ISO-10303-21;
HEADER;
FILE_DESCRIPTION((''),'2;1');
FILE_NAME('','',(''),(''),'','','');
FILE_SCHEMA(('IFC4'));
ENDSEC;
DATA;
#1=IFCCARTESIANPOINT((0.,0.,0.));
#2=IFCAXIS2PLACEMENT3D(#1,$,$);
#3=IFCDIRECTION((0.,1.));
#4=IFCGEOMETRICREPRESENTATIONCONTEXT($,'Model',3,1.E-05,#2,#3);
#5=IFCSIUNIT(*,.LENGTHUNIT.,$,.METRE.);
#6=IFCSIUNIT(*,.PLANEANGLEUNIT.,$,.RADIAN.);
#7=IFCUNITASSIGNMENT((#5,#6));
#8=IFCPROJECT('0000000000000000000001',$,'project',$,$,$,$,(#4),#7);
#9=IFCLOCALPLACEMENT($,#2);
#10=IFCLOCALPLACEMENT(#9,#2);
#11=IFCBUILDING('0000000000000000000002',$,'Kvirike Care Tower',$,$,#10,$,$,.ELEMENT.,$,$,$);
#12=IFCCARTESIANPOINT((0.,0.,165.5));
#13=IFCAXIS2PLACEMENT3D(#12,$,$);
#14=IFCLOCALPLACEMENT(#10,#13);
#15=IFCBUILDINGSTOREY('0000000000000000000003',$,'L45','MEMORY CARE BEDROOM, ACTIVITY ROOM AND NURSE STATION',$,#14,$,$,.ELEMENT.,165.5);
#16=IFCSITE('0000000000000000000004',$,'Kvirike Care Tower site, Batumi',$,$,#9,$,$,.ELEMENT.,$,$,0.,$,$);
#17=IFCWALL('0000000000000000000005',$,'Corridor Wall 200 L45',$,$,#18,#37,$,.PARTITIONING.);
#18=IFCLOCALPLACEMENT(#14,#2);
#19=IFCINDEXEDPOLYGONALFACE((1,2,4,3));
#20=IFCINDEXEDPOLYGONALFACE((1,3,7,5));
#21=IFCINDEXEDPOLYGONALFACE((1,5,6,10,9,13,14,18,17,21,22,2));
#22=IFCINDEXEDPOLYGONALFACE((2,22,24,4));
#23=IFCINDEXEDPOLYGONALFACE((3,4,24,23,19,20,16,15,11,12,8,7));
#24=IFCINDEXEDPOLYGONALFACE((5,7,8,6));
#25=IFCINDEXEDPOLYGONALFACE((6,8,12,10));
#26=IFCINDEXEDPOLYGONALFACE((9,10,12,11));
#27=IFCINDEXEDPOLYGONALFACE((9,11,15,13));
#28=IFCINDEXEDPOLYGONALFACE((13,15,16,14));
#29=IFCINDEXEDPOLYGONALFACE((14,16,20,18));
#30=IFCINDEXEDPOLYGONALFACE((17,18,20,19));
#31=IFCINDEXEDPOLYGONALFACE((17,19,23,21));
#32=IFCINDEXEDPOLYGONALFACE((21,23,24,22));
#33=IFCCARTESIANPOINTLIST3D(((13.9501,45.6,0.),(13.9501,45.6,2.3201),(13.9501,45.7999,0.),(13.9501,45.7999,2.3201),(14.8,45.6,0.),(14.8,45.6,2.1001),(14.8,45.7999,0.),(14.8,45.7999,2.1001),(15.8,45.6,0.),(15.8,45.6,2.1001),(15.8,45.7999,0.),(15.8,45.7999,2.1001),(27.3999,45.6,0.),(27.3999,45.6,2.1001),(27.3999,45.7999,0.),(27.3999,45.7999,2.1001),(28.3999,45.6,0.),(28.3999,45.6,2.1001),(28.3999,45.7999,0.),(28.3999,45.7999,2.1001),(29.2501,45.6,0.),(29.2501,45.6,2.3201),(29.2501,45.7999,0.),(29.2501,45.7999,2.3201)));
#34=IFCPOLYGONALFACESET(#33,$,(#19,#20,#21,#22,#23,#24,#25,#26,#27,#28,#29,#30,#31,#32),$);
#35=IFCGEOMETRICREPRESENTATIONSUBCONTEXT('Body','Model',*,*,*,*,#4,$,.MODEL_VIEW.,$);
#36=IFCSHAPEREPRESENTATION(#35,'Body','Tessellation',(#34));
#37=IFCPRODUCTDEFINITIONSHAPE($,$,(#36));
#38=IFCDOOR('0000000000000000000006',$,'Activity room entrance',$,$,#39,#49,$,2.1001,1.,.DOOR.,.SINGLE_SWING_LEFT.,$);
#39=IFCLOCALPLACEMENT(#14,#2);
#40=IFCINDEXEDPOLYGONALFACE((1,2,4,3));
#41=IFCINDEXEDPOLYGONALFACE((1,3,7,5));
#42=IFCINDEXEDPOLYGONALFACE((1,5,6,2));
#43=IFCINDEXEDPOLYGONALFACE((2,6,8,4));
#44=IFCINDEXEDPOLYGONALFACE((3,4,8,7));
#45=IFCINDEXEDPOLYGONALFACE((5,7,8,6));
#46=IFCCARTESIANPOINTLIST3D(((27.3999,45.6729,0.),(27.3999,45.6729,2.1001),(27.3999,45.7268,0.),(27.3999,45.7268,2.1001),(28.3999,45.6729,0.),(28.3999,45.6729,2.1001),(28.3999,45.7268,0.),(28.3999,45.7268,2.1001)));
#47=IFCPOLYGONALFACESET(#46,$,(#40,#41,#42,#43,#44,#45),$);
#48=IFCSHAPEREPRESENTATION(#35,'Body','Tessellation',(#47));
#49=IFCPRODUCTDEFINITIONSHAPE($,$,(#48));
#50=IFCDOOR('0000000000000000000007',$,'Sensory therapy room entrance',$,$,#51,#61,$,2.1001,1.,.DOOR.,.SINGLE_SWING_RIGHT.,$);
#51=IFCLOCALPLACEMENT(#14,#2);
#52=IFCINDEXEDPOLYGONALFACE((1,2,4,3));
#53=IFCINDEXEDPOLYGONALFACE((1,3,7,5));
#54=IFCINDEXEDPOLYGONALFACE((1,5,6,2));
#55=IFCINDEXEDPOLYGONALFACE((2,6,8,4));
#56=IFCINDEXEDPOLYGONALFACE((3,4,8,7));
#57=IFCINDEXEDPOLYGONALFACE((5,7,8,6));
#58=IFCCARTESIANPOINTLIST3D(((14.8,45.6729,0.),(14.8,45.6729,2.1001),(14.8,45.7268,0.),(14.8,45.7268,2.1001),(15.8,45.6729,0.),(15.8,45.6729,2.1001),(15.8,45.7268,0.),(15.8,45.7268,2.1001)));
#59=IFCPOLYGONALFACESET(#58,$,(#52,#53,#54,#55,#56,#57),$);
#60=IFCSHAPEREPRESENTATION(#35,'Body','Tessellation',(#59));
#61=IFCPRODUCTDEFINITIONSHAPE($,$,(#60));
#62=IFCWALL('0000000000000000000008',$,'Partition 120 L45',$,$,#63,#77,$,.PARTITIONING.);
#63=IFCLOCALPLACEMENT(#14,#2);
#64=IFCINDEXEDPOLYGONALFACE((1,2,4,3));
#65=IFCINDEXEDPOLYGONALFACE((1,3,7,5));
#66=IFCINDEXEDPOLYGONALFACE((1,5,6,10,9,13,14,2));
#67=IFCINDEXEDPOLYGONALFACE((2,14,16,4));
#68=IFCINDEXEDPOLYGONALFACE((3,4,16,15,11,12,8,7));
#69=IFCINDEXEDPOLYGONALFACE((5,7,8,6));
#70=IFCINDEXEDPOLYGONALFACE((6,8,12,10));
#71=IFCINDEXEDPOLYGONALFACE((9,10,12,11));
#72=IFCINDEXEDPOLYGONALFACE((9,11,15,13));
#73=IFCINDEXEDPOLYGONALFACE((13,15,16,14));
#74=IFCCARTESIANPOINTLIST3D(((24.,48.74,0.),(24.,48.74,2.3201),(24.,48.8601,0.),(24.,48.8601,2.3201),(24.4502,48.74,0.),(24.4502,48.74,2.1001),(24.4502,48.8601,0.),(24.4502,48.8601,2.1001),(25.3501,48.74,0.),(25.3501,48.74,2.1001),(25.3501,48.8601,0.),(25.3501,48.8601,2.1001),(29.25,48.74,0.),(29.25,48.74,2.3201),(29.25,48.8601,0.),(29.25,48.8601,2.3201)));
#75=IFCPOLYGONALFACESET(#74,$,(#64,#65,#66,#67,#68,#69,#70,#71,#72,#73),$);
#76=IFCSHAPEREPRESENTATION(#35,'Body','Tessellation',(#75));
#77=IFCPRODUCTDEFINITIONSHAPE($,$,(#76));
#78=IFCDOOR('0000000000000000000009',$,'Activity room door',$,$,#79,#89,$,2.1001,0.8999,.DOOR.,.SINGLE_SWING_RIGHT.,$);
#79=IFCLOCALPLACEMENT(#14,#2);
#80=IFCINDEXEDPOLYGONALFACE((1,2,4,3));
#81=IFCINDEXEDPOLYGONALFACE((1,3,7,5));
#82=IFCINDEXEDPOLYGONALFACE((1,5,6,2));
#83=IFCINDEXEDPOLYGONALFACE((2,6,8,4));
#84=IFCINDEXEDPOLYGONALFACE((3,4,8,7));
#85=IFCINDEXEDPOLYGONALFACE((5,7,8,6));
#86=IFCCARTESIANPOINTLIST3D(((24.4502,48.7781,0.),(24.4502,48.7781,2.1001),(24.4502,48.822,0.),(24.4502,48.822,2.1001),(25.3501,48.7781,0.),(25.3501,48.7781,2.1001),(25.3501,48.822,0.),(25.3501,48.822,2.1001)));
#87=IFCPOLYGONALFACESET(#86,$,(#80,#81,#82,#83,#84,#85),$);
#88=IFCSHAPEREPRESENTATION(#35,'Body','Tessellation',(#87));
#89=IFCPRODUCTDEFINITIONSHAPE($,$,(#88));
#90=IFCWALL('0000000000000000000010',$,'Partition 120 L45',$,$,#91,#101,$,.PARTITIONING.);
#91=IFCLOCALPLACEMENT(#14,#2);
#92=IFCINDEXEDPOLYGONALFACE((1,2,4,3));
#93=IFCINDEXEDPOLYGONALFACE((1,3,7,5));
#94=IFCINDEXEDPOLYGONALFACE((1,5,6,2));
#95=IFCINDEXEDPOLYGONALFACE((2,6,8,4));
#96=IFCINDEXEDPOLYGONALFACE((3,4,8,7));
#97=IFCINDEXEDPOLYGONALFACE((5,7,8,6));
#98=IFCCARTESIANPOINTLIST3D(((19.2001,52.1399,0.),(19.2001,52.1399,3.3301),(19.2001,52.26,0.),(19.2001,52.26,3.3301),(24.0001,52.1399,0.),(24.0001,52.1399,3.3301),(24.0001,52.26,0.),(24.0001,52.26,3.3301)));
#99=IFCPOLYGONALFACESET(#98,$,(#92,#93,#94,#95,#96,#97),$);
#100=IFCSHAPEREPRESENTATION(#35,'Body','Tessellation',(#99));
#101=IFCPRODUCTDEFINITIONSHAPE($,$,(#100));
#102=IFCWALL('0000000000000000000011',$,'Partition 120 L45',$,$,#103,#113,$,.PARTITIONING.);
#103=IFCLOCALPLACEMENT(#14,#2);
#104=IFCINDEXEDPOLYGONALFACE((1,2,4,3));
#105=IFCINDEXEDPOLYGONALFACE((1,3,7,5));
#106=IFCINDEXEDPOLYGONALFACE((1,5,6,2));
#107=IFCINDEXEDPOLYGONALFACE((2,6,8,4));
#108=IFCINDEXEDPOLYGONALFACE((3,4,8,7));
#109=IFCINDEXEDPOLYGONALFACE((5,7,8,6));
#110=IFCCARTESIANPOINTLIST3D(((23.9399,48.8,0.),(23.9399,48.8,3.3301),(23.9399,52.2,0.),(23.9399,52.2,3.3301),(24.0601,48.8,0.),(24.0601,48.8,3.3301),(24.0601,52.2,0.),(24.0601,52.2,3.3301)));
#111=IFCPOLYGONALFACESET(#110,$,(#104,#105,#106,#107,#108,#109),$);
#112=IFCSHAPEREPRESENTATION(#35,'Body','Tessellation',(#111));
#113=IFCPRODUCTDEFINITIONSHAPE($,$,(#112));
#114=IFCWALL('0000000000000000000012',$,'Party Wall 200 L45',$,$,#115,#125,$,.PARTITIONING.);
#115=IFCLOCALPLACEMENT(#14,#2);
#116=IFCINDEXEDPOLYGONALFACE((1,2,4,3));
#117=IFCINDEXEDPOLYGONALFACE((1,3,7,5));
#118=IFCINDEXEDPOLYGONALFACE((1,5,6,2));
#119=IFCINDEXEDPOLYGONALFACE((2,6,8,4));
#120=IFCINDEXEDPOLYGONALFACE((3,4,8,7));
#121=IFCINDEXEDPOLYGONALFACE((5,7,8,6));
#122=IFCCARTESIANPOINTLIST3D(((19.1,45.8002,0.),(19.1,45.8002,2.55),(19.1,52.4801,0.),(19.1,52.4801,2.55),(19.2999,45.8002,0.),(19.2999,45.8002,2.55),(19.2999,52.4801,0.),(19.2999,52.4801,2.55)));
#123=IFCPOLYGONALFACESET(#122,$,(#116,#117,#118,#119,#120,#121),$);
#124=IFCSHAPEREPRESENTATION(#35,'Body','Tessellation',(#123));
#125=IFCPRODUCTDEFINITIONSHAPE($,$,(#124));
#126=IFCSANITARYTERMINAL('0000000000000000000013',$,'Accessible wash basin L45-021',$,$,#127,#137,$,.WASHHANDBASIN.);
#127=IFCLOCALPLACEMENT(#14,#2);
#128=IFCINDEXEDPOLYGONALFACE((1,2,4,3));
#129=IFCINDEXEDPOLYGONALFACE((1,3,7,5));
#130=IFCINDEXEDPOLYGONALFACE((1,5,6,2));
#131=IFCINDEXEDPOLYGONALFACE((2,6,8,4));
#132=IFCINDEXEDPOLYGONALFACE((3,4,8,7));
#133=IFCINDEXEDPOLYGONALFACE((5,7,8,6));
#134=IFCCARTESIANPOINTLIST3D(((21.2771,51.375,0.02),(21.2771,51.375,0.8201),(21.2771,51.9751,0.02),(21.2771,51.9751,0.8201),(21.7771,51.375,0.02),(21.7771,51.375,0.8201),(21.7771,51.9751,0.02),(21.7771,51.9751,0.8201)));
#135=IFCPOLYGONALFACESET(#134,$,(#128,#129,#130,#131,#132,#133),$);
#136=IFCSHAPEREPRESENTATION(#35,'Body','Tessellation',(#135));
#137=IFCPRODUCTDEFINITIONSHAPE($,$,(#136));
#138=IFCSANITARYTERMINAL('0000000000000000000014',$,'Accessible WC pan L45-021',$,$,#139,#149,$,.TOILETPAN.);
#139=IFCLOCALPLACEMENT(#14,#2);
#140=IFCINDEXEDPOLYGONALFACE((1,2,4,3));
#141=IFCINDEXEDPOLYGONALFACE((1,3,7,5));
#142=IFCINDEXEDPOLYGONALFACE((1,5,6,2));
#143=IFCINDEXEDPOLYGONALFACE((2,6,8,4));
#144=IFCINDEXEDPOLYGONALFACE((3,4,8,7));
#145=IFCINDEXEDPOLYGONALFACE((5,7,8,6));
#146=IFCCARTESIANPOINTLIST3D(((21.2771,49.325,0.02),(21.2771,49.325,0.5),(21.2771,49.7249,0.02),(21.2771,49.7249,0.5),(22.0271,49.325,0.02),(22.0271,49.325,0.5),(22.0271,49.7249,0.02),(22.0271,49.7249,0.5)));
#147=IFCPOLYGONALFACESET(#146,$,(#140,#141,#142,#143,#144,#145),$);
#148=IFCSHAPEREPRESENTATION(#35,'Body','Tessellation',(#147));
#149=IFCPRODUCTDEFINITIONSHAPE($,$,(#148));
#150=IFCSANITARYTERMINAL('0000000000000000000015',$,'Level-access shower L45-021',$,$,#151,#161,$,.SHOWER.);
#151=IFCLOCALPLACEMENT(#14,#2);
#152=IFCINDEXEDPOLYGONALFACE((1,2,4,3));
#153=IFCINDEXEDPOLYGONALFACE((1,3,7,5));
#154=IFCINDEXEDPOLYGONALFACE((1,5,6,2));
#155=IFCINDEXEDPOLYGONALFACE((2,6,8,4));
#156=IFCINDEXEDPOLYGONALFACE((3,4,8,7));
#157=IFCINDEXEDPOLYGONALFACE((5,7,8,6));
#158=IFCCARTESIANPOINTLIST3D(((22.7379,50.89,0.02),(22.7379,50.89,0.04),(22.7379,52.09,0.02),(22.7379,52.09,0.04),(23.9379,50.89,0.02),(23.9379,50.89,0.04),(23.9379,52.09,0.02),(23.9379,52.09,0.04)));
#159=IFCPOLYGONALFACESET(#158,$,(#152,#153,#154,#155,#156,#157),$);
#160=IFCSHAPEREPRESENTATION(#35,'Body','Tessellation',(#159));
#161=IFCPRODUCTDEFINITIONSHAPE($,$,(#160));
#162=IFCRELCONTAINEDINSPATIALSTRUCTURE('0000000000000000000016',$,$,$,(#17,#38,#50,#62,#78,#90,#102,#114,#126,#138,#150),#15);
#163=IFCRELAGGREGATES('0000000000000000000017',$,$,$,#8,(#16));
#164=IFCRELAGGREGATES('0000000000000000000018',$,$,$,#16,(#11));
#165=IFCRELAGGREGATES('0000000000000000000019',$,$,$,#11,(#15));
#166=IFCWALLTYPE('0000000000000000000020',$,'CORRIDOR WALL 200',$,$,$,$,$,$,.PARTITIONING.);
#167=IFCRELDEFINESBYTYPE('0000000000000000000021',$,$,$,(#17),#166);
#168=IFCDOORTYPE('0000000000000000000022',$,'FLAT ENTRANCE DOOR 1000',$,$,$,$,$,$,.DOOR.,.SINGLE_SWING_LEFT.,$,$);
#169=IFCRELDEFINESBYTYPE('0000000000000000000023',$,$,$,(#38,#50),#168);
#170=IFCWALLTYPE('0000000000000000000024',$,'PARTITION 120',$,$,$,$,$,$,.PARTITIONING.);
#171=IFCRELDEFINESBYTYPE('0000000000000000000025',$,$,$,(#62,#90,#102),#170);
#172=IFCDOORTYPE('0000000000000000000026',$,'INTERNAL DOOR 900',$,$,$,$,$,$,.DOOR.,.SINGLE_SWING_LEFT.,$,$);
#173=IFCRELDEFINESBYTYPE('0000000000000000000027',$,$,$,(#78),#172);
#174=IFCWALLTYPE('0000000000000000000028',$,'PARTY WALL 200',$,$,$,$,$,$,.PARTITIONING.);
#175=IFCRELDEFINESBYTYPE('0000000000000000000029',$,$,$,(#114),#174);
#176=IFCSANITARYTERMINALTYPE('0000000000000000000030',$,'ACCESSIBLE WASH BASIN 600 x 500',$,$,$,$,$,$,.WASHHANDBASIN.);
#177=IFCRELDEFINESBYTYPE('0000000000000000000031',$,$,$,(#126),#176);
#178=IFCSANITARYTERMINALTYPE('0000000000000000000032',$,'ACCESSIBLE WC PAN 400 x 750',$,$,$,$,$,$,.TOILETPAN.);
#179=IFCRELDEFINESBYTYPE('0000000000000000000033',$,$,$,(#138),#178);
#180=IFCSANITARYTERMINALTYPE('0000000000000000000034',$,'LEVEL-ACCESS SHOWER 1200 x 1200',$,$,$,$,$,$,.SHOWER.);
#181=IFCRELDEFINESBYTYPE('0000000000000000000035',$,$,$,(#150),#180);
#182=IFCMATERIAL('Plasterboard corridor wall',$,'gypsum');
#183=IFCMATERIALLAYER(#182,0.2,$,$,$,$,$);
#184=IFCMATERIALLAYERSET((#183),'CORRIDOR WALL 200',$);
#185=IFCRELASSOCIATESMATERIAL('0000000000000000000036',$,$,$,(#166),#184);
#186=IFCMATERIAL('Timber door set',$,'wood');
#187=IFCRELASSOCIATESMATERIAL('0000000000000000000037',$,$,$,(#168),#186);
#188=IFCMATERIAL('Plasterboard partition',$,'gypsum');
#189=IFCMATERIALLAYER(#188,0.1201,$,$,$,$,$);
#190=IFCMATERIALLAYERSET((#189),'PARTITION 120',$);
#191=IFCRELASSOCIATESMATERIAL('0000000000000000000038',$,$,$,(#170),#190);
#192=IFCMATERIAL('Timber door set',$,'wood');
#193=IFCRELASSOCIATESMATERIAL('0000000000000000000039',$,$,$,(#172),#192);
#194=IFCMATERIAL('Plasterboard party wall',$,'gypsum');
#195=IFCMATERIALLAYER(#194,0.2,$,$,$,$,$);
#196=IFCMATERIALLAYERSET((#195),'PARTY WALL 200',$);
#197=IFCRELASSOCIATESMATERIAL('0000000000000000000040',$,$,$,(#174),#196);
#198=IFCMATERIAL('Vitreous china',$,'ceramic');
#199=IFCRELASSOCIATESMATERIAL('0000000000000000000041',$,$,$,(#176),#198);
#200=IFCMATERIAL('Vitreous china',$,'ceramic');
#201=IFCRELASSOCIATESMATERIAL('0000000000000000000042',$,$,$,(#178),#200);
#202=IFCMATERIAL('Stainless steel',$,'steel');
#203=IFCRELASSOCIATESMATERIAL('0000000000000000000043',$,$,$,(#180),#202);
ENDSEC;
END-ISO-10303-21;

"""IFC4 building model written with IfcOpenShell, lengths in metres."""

from ifc_helpers import new_model, si_unit, direction, frame, frame_2d, origin, origin_2d, place, context, subcontext, project, spatial, rectangle, extrude, material, layer, layer_set, type_object, element, fill, save


model = new_model("IFC4")

# Units and contexts
model_context = context("Model", 3, precision=1e-05, world=origin(), true_north=direction((0.0, 1.0)))
body_context = subcontext(model_context, "Body", "Model", "MODEL_VIEW")
ifc_project = project(units=[si_unit("LENGTHUNIT", "METRE"), si_unit("PLANEANGLEUNIT", "RADIAN")], contexts=[model_context])

# Site, building, storey
site_placement = place(None, origin())
site = spatial("IfcSite", under=ifc_project, at=site_placement, Name="Kvirike Care Tower site, Batumi", CompositionType="ELEMENT", RefElevation=0.0)
building_placement = place(site_placement, origin())
building = spatial("IfcBuilding", under=site, at=building_placement, Name="Kvirike Care Tower", CompositionType="ELEMENT")
storey_placement = place(building_placement, frame((0.0, 0.0, 165.5)))
storey = spatial("IfcBuildingStorey", under=building, at=storey_placement, Name="L45", Description="MEMORY CARE BEDROOM, ACTIVITY ROOM AND NURSE STATION", CompositionType="ELEMENT", Elevation=165.5)

# Wall, openings, doors
ifc_material_1 = material(Name="Plasterboard corridor wall", Category="gypsum")
ifc_layer_1 = layer(ifc_material_1, 0.2)
ifc_layer_set_1 = layer_set([ifc_layer_1], Name="CORRIDOR WALL 200")
wall_type_1 = type_object("IfcWallType", Name="CORRIDOR WALL 200", PredefinedType="PARTITIONING", material=ifc_layer_set_1)
wall_1_placement = place(storey_placement, frame((29.25, 45.7, 0.0), z_axis=(0.0, 0.0, 1.0), x_axis=(-1.0, 0.0, 0.0)))
wall_1 = element("IfcWall", 1, at=wall_1_placement, inside=storey, type_object=wall_type_1, Name="Corridor Wall 200 L45", PredefinedType="PARTITIONING", context=body_context, shape_type="SweptSolid", body=[
    extrude(rectangle(XDim=15.3, YDim=0.2, at=frame_2d((7.6499, 0.0))), origin(), (0.0, 0.0, 1.0), 2.3201),
])
opening_1_placement = place(wall_1_placement, frame((0.8501, 0.0, 0.0)))
opening_1 = element("IfcOpeningElement", 2, at=opening_1_placement, cuts=wall_1, PredefinedType="OPENING", context=body_context, shape_type="SweptSolid", body=[
    extrude(rectangle(XDim=1.0, YDim=2.1001, at=frame_2d((0.5, 1.05))), frame((0.0, 0.1106, 0.0), z_axis=(0.0, -1.0, 0.0), x_axis=(1.0, 0.0, 0.0)), (0.0, 0.0, 1.0), 0.2209),
])
opening_2_placement = place(wall_1_placement, frame((13.45, 0.0, 0.0)))
opening_2 = element("IfcOpeningElement", 3, at=opening_2_placement, cuts=wall_1, PredefinedType="OPENING", context=body_context, shape_type="SweptSolid", body=[
    extrude(rectangle(XDim=1.0, YDim=2.1001, at=frame_2d((0.5, 1.05))), frame((0.0, 0.1106, 0.0), z_axis=(0.0, -1.0, 0.0), x_axis=(1.0, 0.0, 0.0)), (0.0, 0.0, 1.0), 0.2209),
])
ifc_material_2 = material(Name="Timber door set", Category="wood")
door_type_1 = type_object("IfcDoorType", Name="FLAT ENTRANCE DOOR 1000", OperationType="SINGLE_SWING_LEFT", PredefinedType="DOOR", material=ifc_material_2)
door_1_placement = place(opening_1_placement, frame((1.0, 0.0, 0.0), z_axis=(0.0, 0.0, 1.0), x_axis=(-1.0, 0.0, 0.0)))
door_1 = element("IfcDoor", 4, at=door_1_placement, inside=storey, type_object=door_type_1, Name="Activity room entrance", OperationType="SINGLE_SWING_LEFT", OverallHeight=2.1001, OverallWidth=1.0, PredefinedType="DOOR", context=body_context, shape_type="SweptSolid", body=[
    extrude(rectangle(XDim=1.0, YDim=2.1001, at=frame_2d((0.5, 1.05))), frame((0.0, 0.0269, 0.0), z_axis=(0.0, -1.0, 0.0), x_axis=(1.0, 0.0, 0.0)), (0.0, 0.0, 1.0), 0.054),
])
fill(opening_1, door_1)
door_2_placement = place(opening_2_placement, frame((1.0, 0.0, 0.0), z_axis=(0.0, 0.0, 1.0), x_axis=(-1.0, 0.0, 0.0)))
door_2 = element("IfcDoor", 5, at=door_2_placement, inside=storey, type_object=door_type_1, Name="Sensory therapy room entrance", OperationType="SINGLE_SWING_RIGHT", OverallHeight=2.1001, OverallWidth=1.0, PredefinedType="DOOR", context=body_context, shape_type="SweptSolid", body=[
    extrude(rectangle(XDim=1.0, YDim=2.1001, at=frame_2d((0.5, 1.05))), frame((0.0, 0.0269, 0.0), z_axis=(0.0, -1.0, 0.0), x_axis=(1.0, 0.0, 0.0)), (0.0, 0.0, 1.0), 0.054),
])
fill(opening_2, door_2)

# Wall, opening, door
ifc_material_3 = material(Name="Plasterboard partition", Category="gypsum")
ifc_layer_2 = layer(ifc_material_3, 0.1201)
ifc_layer_set_2 = layer_set([ifc_layer_2], Name="PARTITION 120")
wall_type_2 = type_object("IfcWallType", Name="PARTITION 120", PredefinedType="PARTITIONING", material=ifc_layer_set_2)
wall_2_placement = place(storey_placement, frame((29.25, 48.8, 0.0), z_axis=(0.0, 0.0, 1.0), x_axis=(-1.0, 0.0, 0.0)))
wall_2 = element("IfcWall", 6, at=wall_2_placement, inside=storey, type_object=wall_type_2, Name="Partition 120 L45", PredefinedType="PARTITIONING", context=body_context, shape_type="SweptSolid", body=[
    extrude(rectangle(XDim=5.25, YDim=0.1201, at=frame_2d((2.625, 0.0))), origin(), (0.0, 0.0, 1.0), 2.3201),
])
opening_3_placement = place(wall_2_placement, frame((3.8999, 0.0, 0.0)))
opening_3 = element("IfcOpeningElement", 7, at=opening_3_placement, cuts=wall_2, PredefinedType="OPENING", context=body_context, shape_type="SweptSolid", body=[
    extrude(rectangle(XDim=0.8999, YDim=2.1001, at=frame_2d((0.45, 1.05))), frame((0.0, 0.0706, 0.0), z_axis=(0.0, -1.0, 0.0), x_axis=(1.0, 0.0, 0.0)), (0.0, 0.0, 1.0), 0.1411),
])
ifc_material_4 = material(Name="Timber door set", Category="wood")
door_type_2 = type_object("IfcDoorType", Name="INTERNAL DOOR 900", OperationType="SINGLE_SWING_LEFT", PredefinedType="DOOR", material=ifc_material_4)
door_3_placement = place(opening_3_placement, origin())
door_3 = element("IfcDoor", 8, at=door_3_placement, inside=storey, type_object=door_type_2, Name="Activity room door", OperationType="SINGLE_SWING_RIGHT", OverallHeight=2.1001, OverallWidth=0.8999, PredefinedType="DOOR", context=body_context, shape_type="SweptSolid", body=[
    extrude(rectangle(XDim=0.8999, YDim=2.1001, at=frame_2d((0.45, 1.05))), frame((0.0, 0.022, 0.0), z_axis=(0.0, -1.0, 0.0), x_axis=(1.0, 0.0, 0.0)), (0.0, 0.0, 1.0), 0.0439),
])
fill(opening_3, door_3)

# Walls
wall_3_placement = place(storey_placement, frame((24.0, 52.2, 0.0), z_axis=(0.0, 0.0, 1.0), x_axis=(-1.0, 0.0, 0.0)))
element("IfcWall", 9, at=wall_3_placement, inside=storey, type_object=wall_type_2, Name="Partition 120 L45", PredefinedType="PARTITIONING", context=body_context, shape_type="SweptSolid", body=[
    extrude(rectangle(XDim=4.8, YDim=0.1201, at=frame_2d((2.3999, 0.0))), origin(), (0.0, 0.0, 1.0), 3.3301),
])
wall_4_placement = place(storey_placement, frame((24.0, 52.2, 0.0), z_axis=(0.0, 0.0, 1.0), x_axis=(0.0, -1.0, 0.0)))
element("IfcWall", 10, at=wall_4_placement, inside=storey, type_object=wall_type_2, Name="Partition 120 L45", PredefinedType="PARTITIONING", context=body_context, shape_type="SweptSolid", body=[
    extrude(rectangle(XDim=3.3999, YDim=0.1201, at=frame_2d((1.7, 0.0))), origin(), (0.0, 0.0, 1.0), 3.3301),
])
ifc_material_5 = material(Name="Plasterboard party wall", Category="gypsum")
ifc_layer_3 = layer(ifc_material_5, 0.2)
ifc_layer_set_3 = layer_set([ifc_layer_3], Name="PARTY WALL 200")
wall_type_3 = type_object("IfcWallType", Name="PARTY WALL 200", PredefinedType="PARTITIONING", material=ifc_layer_set_3)
wall_5_placement = place(storey_placement, frame((19.2, 52.48, 0.0), z_axis=(0.0, 0.0, 1.0), x_axis=(0.0, -1.0, 0.0)))
element("IfcWall", 11, at=wall_5_placement, inside=storey, type_object=wall_type_3, Name="Party Wall 200 L45", PredefinedType="PARTITIONING", context=body_context, shape_type="SweptSolid", body=[
    extrude(rectangle(XDim=6.6799, YDim=0.2, at=frame_2d((3.3398, 0.0))), origin(), (0.0, 0.0, 1.0), 2.55),
])

# Sanitary terminals
ifc_material_6 = material(Name="Vitreous china", Category="ceramic")
sanitary_terminal_type_1 = type_object("IfcSanitaryTerminalType", Name="ACCESSIBLE WASH BASIN 600 x 500", PredefinedType="WASHHANDBASIN", material=ifc_material_6)
sanitary_terminal_1_placement = place(storey_placement, frame((21.5271, 51.675, 0.02), z_axis=(0.0, 0.0, 1.0), x_axis=(0.0, 1.0, 0.0)))
element("IfcSanitaryTerminal", 12, at=sanitary_terminal_1_placement, inside=storey, type_object=sanitary_terminal_type_1, Name="Accessible wash basin L45-021", PredefinedType="WASHHANDBASIN", context=body_context, shape_type="SweptSolid", body=[
    extrude(rectangle(XDim=0.6001, YDim=0.5, at=origin_2d()), origin(), (0.0, 0.0, 1.0), 0.8),
])
ifc_material_7 = material(Name="Vitreous china", Category="ceramic")
sanitary_terminal_type_2 = type_object("IfcSanitaryTerminalType", Name="ACCESSIBLE WC PAN 400 x 750", PredefinedType="TOILETPAN", material=ifc_material_7)
sanitary_terminal_2_placement = place(storey_placement, frame((21.6521, 49.5249, 0.02), z_axis=(0.0, 0.0, 1.0), x_axis=(0.0, 1.0, 0.0)))
element("IfcSanitaryTerminal", 13, at=sanitary_terminal_2_placement, inside=storey, type_object=sanitary_terminal_type_2, Name="Accessible WC pan L45-021", PredefinedType="TOILETPAN", context=body_context, shape_type="SweptSolid", body=[
    extrude(rectangle(XDim=0.3999, YDim=0.75, at=origin_2d()), origin(), (0.0, 0.0, 1.0), 0.48),
])
ifc_material_8 = material(Name="Stainless steel", Category="steel")
sanitary_terminal_type_3 = type_object("IfcSanitaryTerminalType", Name="LEVEL-ACCESS SHOWER 1200 x 1200", PredefinedType="SHOWER", material=ifc_material_8)
sanitary_terminal_3_placement = place(storey_placement, frame((23.3379, 51.49, 0.02), z_axis=(0.0, 0.0, 1.0), x_axis=(0.0, -1.0, 0.0)))
element("IfcSanitaryTerminal", 14, at=sanitary_terminal_3_placement, inside=storey, type_object=sanitary_terminal_type_3, Name="Level-access shower L45-021", PredefinedType="SHOWER", context=body_context, shape_type="SweptSolid", body=[
    extrude(rectangle(XDim=1.2, YDim=1.2, at=origin_2d()), origin(), (0.0, 0.0, 1.0), 0.02),
])

save(model, "model.ifc")
